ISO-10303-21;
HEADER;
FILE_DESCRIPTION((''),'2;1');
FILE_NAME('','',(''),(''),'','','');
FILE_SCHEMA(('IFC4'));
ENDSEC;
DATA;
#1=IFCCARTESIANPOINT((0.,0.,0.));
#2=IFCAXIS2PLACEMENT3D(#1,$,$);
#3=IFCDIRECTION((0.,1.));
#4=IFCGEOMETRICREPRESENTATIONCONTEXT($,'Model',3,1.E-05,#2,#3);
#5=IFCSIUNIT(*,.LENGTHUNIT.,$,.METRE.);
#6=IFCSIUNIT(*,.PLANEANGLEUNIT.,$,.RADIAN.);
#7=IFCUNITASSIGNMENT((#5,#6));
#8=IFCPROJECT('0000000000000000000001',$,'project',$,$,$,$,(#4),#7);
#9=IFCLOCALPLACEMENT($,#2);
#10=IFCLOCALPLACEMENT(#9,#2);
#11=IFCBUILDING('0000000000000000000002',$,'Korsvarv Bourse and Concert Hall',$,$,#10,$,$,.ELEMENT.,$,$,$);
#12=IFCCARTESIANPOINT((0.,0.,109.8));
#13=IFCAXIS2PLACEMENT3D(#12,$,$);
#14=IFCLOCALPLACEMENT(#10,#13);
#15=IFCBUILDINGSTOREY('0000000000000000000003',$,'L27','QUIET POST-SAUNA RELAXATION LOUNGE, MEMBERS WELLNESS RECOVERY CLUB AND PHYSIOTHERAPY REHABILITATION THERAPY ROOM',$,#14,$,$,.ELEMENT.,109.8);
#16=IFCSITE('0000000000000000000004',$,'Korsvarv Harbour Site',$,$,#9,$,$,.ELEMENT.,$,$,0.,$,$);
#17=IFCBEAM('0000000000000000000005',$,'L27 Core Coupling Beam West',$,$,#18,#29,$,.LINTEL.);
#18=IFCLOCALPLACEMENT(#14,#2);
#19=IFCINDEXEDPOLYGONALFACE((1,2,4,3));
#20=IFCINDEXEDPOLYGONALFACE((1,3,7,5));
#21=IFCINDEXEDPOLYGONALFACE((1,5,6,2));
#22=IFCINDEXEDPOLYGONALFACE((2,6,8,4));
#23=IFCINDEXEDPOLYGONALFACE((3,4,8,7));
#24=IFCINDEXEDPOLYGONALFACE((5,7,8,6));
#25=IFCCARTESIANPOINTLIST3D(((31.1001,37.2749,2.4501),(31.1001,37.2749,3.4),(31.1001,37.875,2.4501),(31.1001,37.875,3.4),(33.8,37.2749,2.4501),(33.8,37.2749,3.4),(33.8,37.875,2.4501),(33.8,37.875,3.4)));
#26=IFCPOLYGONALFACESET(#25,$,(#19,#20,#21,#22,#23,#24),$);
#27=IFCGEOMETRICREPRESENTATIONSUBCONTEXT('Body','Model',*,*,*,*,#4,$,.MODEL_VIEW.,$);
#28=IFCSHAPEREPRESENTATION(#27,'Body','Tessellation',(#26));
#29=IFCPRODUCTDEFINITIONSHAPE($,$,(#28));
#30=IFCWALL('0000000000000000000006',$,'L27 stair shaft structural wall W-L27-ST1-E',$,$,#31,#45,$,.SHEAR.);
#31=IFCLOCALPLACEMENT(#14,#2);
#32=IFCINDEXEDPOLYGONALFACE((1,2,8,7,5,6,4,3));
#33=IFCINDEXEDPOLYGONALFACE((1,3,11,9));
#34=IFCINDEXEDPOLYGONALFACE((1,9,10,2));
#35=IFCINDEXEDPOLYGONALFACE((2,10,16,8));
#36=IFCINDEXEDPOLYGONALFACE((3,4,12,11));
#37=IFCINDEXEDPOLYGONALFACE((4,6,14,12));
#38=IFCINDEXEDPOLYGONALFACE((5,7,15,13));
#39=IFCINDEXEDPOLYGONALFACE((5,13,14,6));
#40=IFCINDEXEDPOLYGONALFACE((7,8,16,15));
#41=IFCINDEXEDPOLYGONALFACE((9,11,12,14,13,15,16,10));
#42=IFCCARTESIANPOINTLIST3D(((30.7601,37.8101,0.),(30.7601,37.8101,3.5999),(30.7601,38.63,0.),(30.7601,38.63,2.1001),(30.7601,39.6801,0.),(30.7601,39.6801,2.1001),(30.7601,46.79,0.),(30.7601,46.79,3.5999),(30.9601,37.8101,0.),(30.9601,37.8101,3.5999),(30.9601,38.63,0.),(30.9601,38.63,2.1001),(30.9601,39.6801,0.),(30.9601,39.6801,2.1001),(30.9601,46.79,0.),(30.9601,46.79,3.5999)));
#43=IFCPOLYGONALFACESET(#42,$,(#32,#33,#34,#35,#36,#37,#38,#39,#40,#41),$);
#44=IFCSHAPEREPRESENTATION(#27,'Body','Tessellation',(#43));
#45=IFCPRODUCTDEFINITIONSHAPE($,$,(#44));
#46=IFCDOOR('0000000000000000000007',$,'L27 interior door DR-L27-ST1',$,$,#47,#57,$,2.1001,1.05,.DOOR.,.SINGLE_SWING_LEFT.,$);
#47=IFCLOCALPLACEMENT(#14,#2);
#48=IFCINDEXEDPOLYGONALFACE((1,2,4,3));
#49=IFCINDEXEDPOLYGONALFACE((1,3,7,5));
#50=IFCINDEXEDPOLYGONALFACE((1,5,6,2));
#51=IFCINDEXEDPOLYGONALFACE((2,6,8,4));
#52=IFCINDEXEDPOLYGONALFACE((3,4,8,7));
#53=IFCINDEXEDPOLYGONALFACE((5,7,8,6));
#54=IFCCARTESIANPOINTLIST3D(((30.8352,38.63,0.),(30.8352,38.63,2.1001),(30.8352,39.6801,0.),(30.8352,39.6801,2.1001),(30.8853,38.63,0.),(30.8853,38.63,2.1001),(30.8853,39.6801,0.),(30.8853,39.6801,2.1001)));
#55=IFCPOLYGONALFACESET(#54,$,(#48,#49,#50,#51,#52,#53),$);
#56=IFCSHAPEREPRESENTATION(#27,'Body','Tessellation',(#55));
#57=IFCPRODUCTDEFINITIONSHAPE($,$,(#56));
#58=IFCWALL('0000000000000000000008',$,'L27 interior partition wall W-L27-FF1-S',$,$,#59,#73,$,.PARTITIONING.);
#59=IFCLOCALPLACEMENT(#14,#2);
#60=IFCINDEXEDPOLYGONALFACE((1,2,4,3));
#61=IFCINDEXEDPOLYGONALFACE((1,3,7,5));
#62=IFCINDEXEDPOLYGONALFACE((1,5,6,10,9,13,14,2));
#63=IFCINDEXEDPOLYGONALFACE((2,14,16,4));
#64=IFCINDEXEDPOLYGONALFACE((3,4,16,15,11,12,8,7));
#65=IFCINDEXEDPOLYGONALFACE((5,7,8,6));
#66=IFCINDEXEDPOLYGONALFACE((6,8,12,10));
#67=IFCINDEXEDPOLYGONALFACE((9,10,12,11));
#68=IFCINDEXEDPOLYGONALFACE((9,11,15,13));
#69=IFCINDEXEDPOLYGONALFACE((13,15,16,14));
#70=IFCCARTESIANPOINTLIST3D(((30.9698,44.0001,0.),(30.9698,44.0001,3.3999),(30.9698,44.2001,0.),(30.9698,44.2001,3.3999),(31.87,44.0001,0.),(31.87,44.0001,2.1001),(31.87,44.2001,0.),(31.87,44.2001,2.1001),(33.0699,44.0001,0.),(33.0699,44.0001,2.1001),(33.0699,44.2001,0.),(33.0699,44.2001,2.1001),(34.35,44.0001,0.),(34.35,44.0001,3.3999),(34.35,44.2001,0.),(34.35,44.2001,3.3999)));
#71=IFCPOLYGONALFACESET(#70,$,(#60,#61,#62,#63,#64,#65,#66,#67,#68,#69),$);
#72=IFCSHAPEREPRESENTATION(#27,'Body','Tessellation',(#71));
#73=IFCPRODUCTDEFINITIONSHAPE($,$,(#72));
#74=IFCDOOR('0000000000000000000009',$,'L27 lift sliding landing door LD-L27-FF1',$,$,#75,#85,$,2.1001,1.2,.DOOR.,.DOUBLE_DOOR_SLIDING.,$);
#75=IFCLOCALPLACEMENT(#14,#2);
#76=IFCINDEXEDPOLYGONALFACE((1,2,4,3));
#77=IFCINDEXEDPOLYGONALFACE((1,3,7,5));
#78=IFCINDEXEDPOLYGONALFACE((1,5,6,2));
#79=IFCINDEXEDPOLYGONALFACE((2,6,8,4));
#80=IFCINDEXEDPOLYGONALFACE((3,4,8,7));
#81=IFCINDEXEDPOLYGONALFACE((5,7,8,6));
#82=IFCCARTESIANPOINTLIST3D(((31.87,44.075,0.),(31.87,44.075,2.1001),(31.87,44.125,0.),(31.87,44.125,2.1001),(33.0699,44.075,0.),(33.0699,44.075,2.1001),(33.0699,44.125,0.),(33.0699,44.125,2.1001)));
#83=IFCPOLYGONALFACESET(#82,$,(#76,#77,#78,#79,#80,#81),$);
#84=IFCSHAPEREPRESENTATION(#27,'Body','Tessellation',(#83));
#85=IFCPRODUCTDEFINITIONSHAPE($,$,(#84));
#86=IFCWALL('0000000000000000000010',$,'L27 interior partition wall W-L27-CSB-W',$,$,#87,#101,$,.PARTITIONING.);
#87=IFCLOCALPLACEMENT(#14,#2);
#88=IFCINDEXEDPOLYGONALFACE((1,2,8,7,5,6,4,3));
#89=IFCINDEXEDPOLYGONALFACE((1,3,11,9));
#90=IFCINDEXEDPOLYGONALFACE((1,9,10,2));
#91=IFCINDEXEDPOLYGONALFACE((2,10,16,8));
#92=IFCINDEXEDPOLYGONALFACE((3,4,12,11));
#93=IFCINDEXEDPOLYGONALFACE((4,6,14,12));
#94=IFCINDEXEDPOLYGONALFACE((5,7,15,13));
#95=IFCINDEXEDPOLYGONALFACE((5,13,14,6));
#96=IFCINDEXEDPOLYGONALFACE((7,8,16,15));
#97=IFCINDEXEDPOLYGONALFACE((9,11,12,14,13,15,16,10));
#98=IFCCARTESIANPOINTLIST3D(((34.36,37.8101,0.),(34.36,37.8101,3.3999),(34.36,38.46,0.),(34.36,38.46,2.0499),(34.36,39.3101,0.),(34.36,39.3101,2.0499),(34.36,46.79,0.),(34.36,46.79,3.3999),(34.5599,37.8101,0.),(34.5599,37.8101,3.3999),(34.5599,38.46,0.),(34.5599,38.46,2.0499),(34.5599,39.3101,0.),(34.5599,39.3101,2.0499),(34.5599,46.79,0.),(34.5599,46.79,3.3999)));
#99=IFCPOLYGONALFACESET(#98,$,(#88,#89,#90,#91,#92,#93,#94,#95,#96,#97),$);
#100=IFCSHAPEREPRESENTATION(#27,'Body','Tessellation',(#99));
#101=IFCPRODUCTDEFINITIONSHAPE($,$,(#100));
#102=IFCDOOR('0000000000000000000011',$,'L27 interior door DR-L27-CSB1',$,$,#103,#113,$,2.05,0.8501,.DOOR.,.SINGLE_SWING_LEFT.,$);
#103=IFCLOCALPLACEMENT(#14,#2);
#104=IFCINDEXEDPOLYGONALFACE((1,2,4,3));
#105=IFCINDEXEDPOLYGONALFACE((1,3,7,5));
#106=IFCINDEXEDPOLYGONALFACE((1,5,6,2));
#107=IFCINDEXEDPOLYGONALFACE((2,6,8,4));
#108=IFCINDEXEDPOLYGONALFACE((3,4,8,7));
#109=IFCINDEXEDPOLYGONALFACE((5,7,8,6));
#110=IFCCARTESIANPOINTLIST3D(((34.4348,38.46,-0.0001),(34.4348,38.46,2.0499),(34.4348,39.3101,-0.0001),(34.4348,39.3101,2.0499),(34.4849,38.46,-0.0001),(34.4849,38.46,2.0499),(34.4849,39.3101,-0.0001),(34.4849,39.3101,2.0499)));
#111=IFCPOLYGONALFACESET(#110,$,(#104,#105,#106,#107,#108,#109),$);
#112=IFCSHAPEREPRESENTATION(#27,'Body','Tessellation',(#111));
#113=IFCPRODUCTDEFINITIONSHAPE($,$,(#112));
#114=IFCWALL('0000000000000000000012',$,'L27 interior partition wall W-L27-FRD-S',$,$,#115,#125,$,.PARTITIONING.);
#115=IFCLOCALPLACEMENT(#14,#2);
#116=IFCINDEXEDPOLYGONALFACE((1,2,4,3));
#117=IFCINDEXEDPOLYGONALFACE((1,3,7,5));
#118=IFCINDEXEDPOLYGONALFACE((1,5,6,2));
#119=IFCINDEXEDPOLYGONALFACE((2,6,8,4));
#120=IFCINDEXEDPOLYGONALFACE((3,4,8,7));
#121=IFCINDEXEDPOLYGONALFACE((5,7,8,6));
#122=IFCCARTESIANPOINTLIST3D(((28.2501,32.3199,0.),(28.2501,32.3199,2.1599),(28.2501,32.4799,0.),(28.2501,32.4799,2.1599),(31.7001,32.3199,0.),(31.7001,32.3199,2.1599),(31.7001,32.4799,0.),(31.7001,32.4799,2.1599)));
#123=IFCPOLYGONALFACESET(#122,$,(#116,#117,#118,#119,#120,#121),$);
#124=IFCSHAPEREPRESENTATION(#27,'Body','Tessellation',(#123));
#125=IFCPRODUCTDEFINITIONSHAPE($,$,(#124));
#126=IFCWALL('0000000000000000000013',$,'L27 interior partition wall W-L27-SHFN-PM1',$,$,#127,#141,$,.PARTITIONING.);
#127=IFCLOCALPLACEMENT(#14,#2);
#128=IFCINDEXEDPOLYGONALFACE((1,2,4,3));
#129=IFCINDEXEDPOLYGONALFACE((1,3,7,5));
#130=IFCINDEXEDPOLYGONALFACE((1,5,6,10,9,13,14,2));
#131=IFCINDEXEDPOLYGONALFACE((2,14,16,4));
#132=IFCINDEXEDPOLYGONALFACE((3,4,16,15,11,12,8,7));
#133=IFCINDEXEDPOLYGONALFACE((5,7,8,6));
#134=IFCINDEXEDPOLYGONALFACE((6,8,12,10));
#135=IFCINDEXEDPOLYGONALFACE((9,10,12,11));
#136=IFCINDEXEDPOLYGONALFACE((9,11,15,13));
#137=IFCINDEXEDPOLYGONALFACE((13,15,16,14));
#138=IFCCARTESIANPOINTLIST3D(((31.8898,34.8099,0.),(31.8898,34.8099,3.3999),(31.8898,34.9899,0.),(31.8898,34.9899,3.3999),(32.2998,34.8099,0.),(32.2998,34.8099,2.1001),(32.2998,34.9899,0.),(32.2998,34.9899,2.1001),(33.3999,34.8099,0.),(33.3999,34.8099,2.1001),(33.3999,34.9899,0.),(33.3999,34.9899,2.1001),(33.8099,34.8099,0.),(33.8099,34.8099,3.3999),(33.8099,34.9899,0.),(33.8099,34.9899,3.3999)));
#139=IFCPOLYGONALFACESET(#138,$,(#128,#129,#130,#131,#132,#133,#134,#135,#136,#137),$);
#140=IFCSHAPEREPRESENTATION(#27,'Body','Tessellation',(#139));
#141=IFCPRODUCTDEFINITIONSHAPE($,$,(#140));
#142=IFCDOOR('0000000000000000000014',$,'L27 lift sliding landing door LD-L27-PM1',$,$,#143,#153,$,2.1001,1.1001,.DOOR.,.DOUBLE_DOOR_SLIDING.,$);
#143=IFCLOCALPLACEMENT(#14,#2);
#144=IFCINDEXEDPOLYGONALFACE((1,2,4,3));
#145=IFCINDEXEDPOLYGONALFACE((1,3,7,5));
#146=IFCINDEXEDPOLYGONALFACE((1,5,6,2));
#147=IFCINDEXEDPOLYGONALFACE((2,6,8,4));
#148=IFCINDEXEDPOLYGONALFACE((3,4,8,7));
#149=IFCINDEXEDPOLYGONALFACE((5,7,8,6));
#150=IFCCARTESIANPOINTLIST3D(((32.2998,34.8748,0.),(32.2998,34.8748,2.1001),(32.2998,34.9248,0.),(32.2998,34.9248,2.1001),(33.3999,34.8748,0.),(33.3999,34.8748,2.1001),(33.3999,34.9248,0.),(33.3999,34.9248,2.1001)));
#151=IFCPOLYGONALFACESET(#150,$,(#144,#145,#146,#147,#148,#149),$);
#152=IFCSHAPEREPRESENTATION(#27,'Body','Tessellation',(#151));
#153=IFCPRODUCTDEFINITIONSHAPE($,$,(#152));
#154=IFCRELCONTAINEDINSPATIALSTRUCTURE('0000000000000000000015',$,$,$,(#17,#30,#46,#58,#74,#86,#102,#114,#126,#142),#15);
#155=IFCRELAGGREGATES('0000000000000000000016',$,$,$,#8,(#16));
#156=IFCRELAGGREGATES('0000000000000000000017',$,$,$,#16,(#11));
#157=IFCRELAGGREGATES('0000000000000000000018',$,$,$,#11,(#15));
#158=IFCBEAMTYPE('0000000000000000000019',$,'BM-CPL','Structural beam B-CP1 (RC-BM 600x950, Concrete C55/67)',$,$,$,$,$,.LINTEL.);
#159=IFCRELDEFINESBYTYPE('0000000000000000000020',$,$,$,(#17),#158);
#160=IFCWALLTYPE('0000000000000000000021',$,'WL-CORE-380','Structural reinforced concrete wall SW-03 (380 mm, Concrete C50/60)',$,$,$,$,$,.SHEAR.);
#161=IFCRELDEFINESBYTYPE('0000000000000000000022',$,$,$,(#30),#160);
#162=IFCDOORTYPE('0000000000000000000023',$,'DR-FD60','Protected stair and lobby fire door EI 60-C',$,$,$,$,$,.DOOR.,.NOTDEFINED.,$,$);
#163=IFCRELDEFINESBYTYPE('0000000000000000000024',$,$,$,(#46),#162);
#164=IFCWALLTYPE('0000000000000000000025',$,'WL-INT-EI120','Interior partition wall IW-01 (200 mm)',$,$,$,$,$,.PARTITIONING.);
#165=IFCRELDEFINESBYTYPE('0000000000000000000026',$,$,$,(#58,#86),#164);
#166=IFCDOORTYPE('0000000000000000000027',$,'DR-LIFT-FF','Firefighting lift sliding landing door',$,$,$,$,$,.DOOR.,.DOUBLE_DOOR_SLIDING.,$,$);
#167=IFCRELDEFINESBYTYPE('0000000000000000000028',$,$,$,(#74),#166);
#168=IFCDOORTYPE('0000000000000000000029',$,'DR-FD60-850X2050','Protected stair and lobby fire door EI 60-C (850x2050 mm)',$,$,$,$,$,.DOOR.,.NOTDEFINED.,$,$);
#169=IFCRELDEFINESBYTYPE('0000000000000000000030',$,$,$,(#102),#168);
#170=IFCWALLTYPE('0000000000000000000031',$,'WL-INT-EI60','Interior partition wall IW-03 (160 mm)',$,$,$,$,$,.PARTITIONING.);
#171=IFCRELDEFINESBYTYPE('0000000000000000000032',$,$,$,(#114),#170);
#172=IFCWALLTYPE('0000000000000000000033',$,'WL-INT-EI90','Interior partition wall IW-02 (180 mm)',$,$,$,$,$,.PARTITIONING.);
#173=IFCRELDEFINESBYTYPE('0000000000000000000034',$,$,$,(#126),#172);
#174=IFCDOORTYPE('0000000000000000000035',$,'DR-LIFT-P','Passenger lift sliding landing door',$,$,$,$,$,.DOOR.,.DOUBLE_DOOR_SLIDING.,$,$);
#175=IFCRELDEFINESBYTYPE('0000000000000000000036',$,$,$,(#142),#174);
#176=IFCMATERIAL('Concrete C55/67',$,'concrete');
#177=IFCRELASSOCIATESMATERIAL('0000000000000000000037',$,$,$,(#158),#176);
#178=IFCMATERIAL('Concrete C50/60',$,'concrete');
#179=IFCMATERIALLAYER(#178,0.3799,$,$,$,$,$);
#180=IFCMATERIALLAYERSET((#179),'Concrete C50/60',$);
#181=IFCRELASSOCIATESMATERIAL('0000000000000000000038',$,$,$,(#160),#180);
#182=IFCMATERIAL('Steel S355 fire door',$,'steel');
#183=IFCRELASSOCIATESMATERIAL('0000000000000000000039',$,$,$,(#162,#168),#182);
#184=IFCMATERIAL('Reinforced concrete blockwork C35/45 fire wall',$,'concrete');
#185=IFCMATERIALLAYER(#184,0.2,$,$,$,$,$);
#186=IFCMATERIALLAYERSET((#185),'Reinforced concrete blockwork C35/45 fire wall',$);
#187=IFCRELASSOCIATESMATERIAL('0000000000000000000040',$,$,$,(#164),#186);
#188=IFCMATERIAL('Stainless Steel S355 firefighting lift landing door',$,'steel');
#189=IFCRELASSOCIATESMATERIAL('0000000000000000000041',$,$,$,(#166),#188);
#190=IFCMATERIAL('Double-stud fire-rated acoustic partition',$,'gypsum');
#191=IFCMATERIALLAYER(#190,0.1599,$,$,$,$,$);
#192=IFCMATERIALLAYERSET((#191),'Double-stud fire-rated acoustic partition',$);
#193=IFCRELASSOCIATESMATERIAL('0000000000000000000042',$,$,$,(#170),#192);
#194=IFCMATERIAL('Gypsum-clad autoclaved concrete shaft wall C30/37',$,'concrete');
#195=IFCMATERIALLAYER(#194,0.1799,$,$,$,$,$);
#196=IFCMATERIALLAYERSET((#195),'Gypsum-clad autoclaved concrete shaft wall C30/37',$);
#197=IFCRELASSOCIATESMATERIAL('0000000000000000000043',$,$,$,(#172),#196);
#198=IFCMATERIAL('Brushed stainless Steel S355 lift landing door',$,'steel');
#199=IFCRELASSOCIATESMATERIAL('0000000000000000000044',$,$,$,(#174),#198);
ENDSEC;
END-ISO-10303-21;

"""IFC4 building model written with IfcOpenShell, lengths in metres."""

from ifc_helpers import new_model, si_unit, direction, frame, frame_2d, origin, origin_2d, place, context, subcontext, project, spatial, rectangle, extrude, source, transform, mapped, material, layer, layer_set, material_profile, profile_set, type_object, element, fill, save


model = new_model("IFC4")

# Units and contexts
model_context = context("Model", 3, precision=1e-05, world=origin(), true_north=direction((0.0, 1.0)))
body_context = subcontext(model_context, "Body", "Model", "MODEL_VIEW")
ifc_project = project(units=[si_unit("LENGTHUNIT", "METRE"), si_unit("PLANEANGLEUNIT", "RADIAN")], contexts=[model_context])

# Site, building, storey
site_placement = place(None, origin())
site = spatial("IfcSite", under=ifc_project, at=site_placement, Name="Korsvarv Harbour Site", CompositionType="ELEMENT", RefElevation=0.0)
building_placement = place(site_placement, origin())
building = spatial("IfcBuilding", under=site, at=building_placement, Name="Korsvarv Bourse and Concert Hall", CompositionType="ELEMENT")
storey_placement = place(building_placement, frame((0.0, 0.0, 109.8)))
storey = spatial("IfcBuildingStorey", under=building, at=storey_placement, Name="L27", Description="QUIET POST-SAUNA RELAXATION LOUNGE, MEMBERS WELLNESS RECOVERY CLUB AND PHYSIOTHERAPY REHABILITATION THERAPY ROOM", CompositionType="ELEMENT", Elevation=109.8)

# Beam
ifc_material_1 = material(Name="Concrete C55/67", Category="concrete")
ifc_material_profile = material_profile(ifc_material_1, rectangle(XDim=0.6001, YDim=0.95, at=origin_2d()), Name="RC-BM 600x950")
ifc_profile_set = profile_set([ifc_material_profile], Name="Concrete C55/67")
beam_type = type_object("IfcBeamType", Name="BM-CPL", Description="Structural beam B-CP1 (RC-BM 600x950, Concrete C55/67)", PredefinedType="LINTEL", material=ifc_profile_set)
shared_shape = source(origin(), body_context, "Body", "SweptSolid", [
    extrude(rectangle(XDim=0.6001, YDim=0.95, at=origin_2d()), origin(), (0.0, 0.0, 1.0), 2.7),
])
beam_placement = place(storey_placement, frame((31.1001, 37.575, 2.925), z_axis=(1.0, 0.0, 0.0), x_axis=(0.0, 1.0, 0.0)))
element("IfcBeam", 1, at=beam_placement, inside=storey, type_object=beam_type, Name="L27 Core Coupling Beam West", PredefinedType="LINTEL", context=body_context, shape_type="MappedRepresentation", body=[
    mapped(shared_shape, transform((0.0, 0.0, 0.0), scale=1.0)),
])

# Walls, openings, doors
ifc_material_2 = material(Name="Concrete C50/60", Category="concrete")
ifc_layer_1 = layer(ifc_material_2, 0.3799)
ifc_layer_set_1 = layer_set([ifc_layer_1], Name="Concrete C50/60")
wall_type_1 = type_object("IfcWallType", Name="WL-CORE-380", Description="Structural reinforced concrete wall SW-03 (380 mm, Concrete C50/60)", PredefinedType="SHEAR", material=ifc_layer_set_1)
wall_1_placement = place(storey_placement, frame((30.8601, 37.8101, 0.0), z_axis=(0.0, 0.0, 1.0), x_axis=(0.0, 1.0, 0.0)))
wall_1 = element("IfcWall", 2, at=wall_1_placement, inside=storey, type_object=wall_type_1, Name="L27 stair shaft structural wall W-L27-ST1-E", PredefinedType="SHEAR", context=body_context, shape_type="SweptSolid", body=[
    extrude(rectangle(XDim=8.98, YDim=0.2, at=frame_2d((4.49, 0.0))), origin(), (0.0, 0.0, 1.0), 3.5999),
])
opening_1_placement = place(wall_1_placement, frame((0.8201, 0.0, 0.0)))
opening_1 = element("IfcOpeningElement", 3, at=opening_1_placement, cuts=wall_1, PredefinedType="OPENING", context=body_context, shape_type="SweptSolid", body=[
    extrude(rectangle(XDim=1.05, YDim=2.1001, at=frame_2d((0.5249, 1.05))), frame((0.0, 0.1099, 0.0), z_axis=(0.0, -1.0, 0.0), x_axis=(1.0, 0.0, 0.0)), (0.0, 0.0, 1.0), 0.22),
])
ifc_material_3 = material(Name="Steel S355 fire door", Category="steel")
door_type_1 = type_object("IfcDoorType", Name="DR-FD60", Description="Protected stair and lobby fire door EI 60-C", OperationType="NOTDEFINED", PredefinedType="DOOR", material=ifc_material_3)
door_1_placement = place(opening_1_placement, origin())
door_1 = element("IfcDoor", 4, at=door_1_placement, inside=storey, type_object=door_type_1, Name="L27 interior door DR-L27-ST1", OperationType="SINGLE_SWING_LEFT", OverallHeight=2.1001, OverallWidth=1.05, PredefinedType="DOOR", context=body_context, shape_type="SweptSolid", body=[
    extrude(rectangle(XDim=1.05, YDim=2.1001, at=frame_2d((0.5249, 1.05))), frame((0.0, 0.0249, 0.0), z_axis=(0.0, -1.0, 0.0), x_axis=(1.0, 0.0, 0.0)), (0.0, 0.0, 1.0), 0.05),
])
fill(opening_1, door_1)
ifc_material_4 = material(Name="Reinforced concrete blockwork C35/45 fire wall", Category="concrete")
ifc_layer_2 = layer(ifc_material_4, 0.2)
ifc_layer_set_2 = layer_set([ifc_layer_2], Name="Reinforced concrete blockwork C35/45 fire wall")
wall_type_2 = type_object("IfcWallType", Name="WL-INT-EI120", Description="Interior partition wall IW-01 (200 mm)", PredefinedType="PARTITIONING", material=ifc_layer_set_2)
wall_2_placement = place(storey_placement, frame((30.97, 44.1001, 0.0), z_axis=(0.0, 0.0, 1.0), x_axis=(1.0, 0.0, 0.0)))
wall_2 = element("IfcWall", 5, at=wall_2_placement, inside=storey, type_object=wall_type_2, Name="L27 interior partition wall W-L27-FF1-S", PredefinedType="PARTITIONING", context=body_context, shape_type="SweptSolid", body=[
    extrude(rectangle(XDim=3.3801, YDim=0.2, at=frame_2d((1.6899, 0.0))), origin(), (0.0, 0.0, 1.0), 3.3999),
])
opening_2_placement = place(wall_2_placement, frame((0.8999, 0.0, 0.0)))
opening_2 = element("IfcOpeningElement", 6, at=opening_2_placement, cuts=wall_2, PredefinedType="OPENING", context=body_context, shape_type="SweptSolid", body=[
    extrude(rectangle(XDim=1.2, YDim=2.1001, at=frame_2d((0.6001, 1.05))), frame((0.0, 0.1099, 0.0), z_axis=(0.0, -1.0, 0.0), x_axis=(1.0, 0.0, 0.0)), (0.0, 0.0, 1.0), 0.22),
])
ifc_material_5 = material(Name="Stainless Steel S355 firefighting lift landing door", Category="steel")
door_type_2 = type_object("IfcDoorType", Name="DR-LIFT-FF", Description="Firefighting lift sliding landing door", OperationType="DOUBLE_DOOR_SLIDING", PredefinedType="DOOR", material=ifc_material_5)
door_2_placement = place(opening_2_placement, origin())
door_2 = element("IfcDoor", 7, at=door_2_placement, inside=storey, type_object=door_type_2, Name="L27 lift sliding landing door LD-L27-FF1", OperationType="DOUBLE_DOOR_SLIDING", OverallHeight=2.1001, OverallWidth=1.2, PredefinedType="DOOR", context=body_context, shape_type="SweptSolid", body=[
    extrude(rectangle(XDim=1.2, YDim=2.1001, at=frame_2d((0.6001, 1.05))), frame((0.0, 0.0249, 0.0), z_axis=(0.0, -1.0, 0.0), x_axis=(1.0, 0.0, 0.0)), (0.0, 0.0, 1.0), 0.05),
])
fill(opening_2, door_2)
wall_3_placement = place(storey_placement, frame((34.46, 37.8101, 0.0), z_axis=(0.0, 0.0, 1.0), x_axis=(0.0, 1.0, 0.0)))
wall_3 = element("IfcWall", 8, at=wall_3_placement, inside=storey, type_object=wall_type_2, Name="L27 interior partition wall W-L27-CSB-W", PredefinedType="PARTITIONING", context=body_context, shape_type="SweptSolid", body=[
    extrude(rectangle(XDim=8.98, YDim=0.2, at=frame_2d((4.49, 0.0))), origin(), (0.0, 0.0, 1.0), 3.3999),
])
opening_3_placement = place(wall_3_placement, frame((0.6499, 0.0, 0.0)))
opening_3 = element("IfcOpeningElement", 9, at=opening_3_placement, cuts=wall_3, PredefinedType="OPENING", context=body_context, shape_type="SweptSolid", body=[
    extrude(rectangle(XDim=0.8501, YDim=2.05, at=frame_2d((0.425, 1.0249))), frame((0.0, 0.1099, 0.0), z_axis=(0.0, -1.0, 0.0), x_axis=(1.0, 0.0, 0.0)), (0.0, 0.0, 1.0), 0.22),
])
door_type_3 = type_object("IfcDoorType", Name="DR-FD60-850X2050", Description="Protected stair and lobby fire door EI 60-C (850x2050 mm)", OperationType="NOTDEFINED", PredefinedType="DOOR", material=ifc_material_3)
door_3_placement = place(opening_3_placement, frame((0.8501, 0.0, 0.0), z_axis=(0.0, 0.0, 1.0), x_axis=(-1.0, 0.0, 0.0)))
door_3 = element("IfcDoor", 10, at=door_3_placement, inside=storey, type_object=door_type_3, Name="L27 interior door DR-L27-CSB1", OperationType="SINGLE_SWING_LEFT", OverallHeight=2.05, OverallWidth=0.8501, PredefinedType="DOOR", context=body_context, shape_type="SweptSolid", body=[
    extrude(rectangle(XDim=0.8501, YDim=2.05, at=frame_2d((0.425, 1.0249))), frame((0.0, 0.0249, 0.0), z_axis=(0.0, -1.0, 0.0), x_axis=(1.0, 0.0, 0.0)), (0.0, 0.0, 1.0), 0.05),
])
fill(opening_3, door_3)

# Wall
ifc_material_6 = material(Name="Double-stud fire-rated acoustic partition", Category="gypsum")
ifc_layer_3 = layer(ifc_material_6, 0.1599)
ifc_layer_set_3 = layer_set([ifc_layer_3], Name="Double-stud fire-rated acoustic partition")
wall_type_3 = type_object("IfcWallType", Name="WL-INT-EI60", Description="Interior partition wall IW-03 (160 mm)", PredefinedType="PARTITIONING", material=ifc_layer_set_3)
wall_4_placement = place(storey_placement, frame((28.25, 32.3999, 0.0), z_axis=(0.0, 0.0, 1.0), x_axis=(1.0, 0.0, 0.0)))
element("IfcWall", 11, at=wall_4_placement, inside=storey, type_object=wall_type_3, Name="L27 interior partition wall W-L27-FRD-S", PredefinedType="PARTITIONING", context=body_context, shape_type="SweptSolid", body=[
    extrude(rectangle(XDim=3.45, YDim=0.1599, at=frame_2d((1.7251, 0.0))), origin(), (0.0, 0.0, 1.0), 2.1599),
])

# Wall, opening, door
ifc_material_7 = material(Name="Gypsum-clad autoclaved concrete shaft wall C30/37", Category="concrete")
ifc_layer_4 = layer(ifc_material_7, 0.1799)
ifc_layer_set_4 = layer_set([ifc_layer_4], Name="Gypsum-clad autoclaved concrete shaft wall C30/37")
wall_type_4 = type_object("IfcWallType", Name="WL-INT-EI90", Description="Interior partition wall IW-02 (180 mm)", PredefinedType="PARTITIONING", material=ifc_layer_set_4)
wall_5_placement = place(storey_placement, frame((31.8899, 34.8999, 0.0), z_axis=(0.0, 0.0, 1.0), x_axis=(1.0, 0.0, 0.0)))
wall_5 = element("IfcWall", 12, at=wall_5_placement, inside=storey, type_object=wall_type_4, Name="L27 interior partition wall W-L27-SHFN-PM1", PredefinedType="PARTITIONING", context=body_context, shape_type="SweptSolid", body=[
    extrude(rectangle(XDim=1.9202, YDim=0.1799, at=frame_2d((0.96, 0.0))), origin(), (0.0, 0.0, 1.0), 3.3999),
])
opening_4_placement = place(wall_5_placement, frame((0.4099, 0.0, 0.0)))
opening_4 = element("IfcOpeningElement", 13, at=opening_4_placement, cuts=wall_5, PredefinedType="OPENING", context=body_context, shape_type="SweptSolid", body=[
    extrude(rectangle(XDim=1.1001, YDim=2.1001, at=frame_2d((0.55, 1.05))), frame((0.0, 0.1001, 0.0), z_axis=(0.0, -1.0, 0.0), x_axis=(1.0, 0.0, 0.0)), (0.0, 0.0, 1.0), 0.2),
])
ifc_material_8 = material(Name="Brushed stainless Steel S355 lift landing door", Category="steel")
door_type_4 = type_object("IfcDoorType", Name="DR-LIFT-P", Description="Passenger lift sliding landing door", OperationType="DOUBLE_DOOR_SLIDING", PredefinedType="DOOR", material=ifc_material_8)
door_4_placement = place(opening_4_placement, origin())
door_4 = element("IfcDoor", 14, at=door_4_placement, inside=storey, type_object=door_type_4, Name="L27 lift sliding landing door LD-L27-PM1", OperationType="DOUBLE_DOOR_SLIDING", OverallHeight=2.1001, OverallWidth=1.1001, PredefinedType="DOOR", context=body_context, shape_type="SweptSolid", body=[
    extrude(rectangle(XDim=1.1001, YDim=2.1001, at=frame_2d((0.55, 1.05))), frame((0.0, 0.0249, 0.0), z_axis=(0.0, -1.0, 0.0), x_axis=(1.0, 0.0, 0.0)), (0.0, 0.0, 1.0), 0.05),
])
fill(opening_4, door_4)

save(model, "model.ifc")
